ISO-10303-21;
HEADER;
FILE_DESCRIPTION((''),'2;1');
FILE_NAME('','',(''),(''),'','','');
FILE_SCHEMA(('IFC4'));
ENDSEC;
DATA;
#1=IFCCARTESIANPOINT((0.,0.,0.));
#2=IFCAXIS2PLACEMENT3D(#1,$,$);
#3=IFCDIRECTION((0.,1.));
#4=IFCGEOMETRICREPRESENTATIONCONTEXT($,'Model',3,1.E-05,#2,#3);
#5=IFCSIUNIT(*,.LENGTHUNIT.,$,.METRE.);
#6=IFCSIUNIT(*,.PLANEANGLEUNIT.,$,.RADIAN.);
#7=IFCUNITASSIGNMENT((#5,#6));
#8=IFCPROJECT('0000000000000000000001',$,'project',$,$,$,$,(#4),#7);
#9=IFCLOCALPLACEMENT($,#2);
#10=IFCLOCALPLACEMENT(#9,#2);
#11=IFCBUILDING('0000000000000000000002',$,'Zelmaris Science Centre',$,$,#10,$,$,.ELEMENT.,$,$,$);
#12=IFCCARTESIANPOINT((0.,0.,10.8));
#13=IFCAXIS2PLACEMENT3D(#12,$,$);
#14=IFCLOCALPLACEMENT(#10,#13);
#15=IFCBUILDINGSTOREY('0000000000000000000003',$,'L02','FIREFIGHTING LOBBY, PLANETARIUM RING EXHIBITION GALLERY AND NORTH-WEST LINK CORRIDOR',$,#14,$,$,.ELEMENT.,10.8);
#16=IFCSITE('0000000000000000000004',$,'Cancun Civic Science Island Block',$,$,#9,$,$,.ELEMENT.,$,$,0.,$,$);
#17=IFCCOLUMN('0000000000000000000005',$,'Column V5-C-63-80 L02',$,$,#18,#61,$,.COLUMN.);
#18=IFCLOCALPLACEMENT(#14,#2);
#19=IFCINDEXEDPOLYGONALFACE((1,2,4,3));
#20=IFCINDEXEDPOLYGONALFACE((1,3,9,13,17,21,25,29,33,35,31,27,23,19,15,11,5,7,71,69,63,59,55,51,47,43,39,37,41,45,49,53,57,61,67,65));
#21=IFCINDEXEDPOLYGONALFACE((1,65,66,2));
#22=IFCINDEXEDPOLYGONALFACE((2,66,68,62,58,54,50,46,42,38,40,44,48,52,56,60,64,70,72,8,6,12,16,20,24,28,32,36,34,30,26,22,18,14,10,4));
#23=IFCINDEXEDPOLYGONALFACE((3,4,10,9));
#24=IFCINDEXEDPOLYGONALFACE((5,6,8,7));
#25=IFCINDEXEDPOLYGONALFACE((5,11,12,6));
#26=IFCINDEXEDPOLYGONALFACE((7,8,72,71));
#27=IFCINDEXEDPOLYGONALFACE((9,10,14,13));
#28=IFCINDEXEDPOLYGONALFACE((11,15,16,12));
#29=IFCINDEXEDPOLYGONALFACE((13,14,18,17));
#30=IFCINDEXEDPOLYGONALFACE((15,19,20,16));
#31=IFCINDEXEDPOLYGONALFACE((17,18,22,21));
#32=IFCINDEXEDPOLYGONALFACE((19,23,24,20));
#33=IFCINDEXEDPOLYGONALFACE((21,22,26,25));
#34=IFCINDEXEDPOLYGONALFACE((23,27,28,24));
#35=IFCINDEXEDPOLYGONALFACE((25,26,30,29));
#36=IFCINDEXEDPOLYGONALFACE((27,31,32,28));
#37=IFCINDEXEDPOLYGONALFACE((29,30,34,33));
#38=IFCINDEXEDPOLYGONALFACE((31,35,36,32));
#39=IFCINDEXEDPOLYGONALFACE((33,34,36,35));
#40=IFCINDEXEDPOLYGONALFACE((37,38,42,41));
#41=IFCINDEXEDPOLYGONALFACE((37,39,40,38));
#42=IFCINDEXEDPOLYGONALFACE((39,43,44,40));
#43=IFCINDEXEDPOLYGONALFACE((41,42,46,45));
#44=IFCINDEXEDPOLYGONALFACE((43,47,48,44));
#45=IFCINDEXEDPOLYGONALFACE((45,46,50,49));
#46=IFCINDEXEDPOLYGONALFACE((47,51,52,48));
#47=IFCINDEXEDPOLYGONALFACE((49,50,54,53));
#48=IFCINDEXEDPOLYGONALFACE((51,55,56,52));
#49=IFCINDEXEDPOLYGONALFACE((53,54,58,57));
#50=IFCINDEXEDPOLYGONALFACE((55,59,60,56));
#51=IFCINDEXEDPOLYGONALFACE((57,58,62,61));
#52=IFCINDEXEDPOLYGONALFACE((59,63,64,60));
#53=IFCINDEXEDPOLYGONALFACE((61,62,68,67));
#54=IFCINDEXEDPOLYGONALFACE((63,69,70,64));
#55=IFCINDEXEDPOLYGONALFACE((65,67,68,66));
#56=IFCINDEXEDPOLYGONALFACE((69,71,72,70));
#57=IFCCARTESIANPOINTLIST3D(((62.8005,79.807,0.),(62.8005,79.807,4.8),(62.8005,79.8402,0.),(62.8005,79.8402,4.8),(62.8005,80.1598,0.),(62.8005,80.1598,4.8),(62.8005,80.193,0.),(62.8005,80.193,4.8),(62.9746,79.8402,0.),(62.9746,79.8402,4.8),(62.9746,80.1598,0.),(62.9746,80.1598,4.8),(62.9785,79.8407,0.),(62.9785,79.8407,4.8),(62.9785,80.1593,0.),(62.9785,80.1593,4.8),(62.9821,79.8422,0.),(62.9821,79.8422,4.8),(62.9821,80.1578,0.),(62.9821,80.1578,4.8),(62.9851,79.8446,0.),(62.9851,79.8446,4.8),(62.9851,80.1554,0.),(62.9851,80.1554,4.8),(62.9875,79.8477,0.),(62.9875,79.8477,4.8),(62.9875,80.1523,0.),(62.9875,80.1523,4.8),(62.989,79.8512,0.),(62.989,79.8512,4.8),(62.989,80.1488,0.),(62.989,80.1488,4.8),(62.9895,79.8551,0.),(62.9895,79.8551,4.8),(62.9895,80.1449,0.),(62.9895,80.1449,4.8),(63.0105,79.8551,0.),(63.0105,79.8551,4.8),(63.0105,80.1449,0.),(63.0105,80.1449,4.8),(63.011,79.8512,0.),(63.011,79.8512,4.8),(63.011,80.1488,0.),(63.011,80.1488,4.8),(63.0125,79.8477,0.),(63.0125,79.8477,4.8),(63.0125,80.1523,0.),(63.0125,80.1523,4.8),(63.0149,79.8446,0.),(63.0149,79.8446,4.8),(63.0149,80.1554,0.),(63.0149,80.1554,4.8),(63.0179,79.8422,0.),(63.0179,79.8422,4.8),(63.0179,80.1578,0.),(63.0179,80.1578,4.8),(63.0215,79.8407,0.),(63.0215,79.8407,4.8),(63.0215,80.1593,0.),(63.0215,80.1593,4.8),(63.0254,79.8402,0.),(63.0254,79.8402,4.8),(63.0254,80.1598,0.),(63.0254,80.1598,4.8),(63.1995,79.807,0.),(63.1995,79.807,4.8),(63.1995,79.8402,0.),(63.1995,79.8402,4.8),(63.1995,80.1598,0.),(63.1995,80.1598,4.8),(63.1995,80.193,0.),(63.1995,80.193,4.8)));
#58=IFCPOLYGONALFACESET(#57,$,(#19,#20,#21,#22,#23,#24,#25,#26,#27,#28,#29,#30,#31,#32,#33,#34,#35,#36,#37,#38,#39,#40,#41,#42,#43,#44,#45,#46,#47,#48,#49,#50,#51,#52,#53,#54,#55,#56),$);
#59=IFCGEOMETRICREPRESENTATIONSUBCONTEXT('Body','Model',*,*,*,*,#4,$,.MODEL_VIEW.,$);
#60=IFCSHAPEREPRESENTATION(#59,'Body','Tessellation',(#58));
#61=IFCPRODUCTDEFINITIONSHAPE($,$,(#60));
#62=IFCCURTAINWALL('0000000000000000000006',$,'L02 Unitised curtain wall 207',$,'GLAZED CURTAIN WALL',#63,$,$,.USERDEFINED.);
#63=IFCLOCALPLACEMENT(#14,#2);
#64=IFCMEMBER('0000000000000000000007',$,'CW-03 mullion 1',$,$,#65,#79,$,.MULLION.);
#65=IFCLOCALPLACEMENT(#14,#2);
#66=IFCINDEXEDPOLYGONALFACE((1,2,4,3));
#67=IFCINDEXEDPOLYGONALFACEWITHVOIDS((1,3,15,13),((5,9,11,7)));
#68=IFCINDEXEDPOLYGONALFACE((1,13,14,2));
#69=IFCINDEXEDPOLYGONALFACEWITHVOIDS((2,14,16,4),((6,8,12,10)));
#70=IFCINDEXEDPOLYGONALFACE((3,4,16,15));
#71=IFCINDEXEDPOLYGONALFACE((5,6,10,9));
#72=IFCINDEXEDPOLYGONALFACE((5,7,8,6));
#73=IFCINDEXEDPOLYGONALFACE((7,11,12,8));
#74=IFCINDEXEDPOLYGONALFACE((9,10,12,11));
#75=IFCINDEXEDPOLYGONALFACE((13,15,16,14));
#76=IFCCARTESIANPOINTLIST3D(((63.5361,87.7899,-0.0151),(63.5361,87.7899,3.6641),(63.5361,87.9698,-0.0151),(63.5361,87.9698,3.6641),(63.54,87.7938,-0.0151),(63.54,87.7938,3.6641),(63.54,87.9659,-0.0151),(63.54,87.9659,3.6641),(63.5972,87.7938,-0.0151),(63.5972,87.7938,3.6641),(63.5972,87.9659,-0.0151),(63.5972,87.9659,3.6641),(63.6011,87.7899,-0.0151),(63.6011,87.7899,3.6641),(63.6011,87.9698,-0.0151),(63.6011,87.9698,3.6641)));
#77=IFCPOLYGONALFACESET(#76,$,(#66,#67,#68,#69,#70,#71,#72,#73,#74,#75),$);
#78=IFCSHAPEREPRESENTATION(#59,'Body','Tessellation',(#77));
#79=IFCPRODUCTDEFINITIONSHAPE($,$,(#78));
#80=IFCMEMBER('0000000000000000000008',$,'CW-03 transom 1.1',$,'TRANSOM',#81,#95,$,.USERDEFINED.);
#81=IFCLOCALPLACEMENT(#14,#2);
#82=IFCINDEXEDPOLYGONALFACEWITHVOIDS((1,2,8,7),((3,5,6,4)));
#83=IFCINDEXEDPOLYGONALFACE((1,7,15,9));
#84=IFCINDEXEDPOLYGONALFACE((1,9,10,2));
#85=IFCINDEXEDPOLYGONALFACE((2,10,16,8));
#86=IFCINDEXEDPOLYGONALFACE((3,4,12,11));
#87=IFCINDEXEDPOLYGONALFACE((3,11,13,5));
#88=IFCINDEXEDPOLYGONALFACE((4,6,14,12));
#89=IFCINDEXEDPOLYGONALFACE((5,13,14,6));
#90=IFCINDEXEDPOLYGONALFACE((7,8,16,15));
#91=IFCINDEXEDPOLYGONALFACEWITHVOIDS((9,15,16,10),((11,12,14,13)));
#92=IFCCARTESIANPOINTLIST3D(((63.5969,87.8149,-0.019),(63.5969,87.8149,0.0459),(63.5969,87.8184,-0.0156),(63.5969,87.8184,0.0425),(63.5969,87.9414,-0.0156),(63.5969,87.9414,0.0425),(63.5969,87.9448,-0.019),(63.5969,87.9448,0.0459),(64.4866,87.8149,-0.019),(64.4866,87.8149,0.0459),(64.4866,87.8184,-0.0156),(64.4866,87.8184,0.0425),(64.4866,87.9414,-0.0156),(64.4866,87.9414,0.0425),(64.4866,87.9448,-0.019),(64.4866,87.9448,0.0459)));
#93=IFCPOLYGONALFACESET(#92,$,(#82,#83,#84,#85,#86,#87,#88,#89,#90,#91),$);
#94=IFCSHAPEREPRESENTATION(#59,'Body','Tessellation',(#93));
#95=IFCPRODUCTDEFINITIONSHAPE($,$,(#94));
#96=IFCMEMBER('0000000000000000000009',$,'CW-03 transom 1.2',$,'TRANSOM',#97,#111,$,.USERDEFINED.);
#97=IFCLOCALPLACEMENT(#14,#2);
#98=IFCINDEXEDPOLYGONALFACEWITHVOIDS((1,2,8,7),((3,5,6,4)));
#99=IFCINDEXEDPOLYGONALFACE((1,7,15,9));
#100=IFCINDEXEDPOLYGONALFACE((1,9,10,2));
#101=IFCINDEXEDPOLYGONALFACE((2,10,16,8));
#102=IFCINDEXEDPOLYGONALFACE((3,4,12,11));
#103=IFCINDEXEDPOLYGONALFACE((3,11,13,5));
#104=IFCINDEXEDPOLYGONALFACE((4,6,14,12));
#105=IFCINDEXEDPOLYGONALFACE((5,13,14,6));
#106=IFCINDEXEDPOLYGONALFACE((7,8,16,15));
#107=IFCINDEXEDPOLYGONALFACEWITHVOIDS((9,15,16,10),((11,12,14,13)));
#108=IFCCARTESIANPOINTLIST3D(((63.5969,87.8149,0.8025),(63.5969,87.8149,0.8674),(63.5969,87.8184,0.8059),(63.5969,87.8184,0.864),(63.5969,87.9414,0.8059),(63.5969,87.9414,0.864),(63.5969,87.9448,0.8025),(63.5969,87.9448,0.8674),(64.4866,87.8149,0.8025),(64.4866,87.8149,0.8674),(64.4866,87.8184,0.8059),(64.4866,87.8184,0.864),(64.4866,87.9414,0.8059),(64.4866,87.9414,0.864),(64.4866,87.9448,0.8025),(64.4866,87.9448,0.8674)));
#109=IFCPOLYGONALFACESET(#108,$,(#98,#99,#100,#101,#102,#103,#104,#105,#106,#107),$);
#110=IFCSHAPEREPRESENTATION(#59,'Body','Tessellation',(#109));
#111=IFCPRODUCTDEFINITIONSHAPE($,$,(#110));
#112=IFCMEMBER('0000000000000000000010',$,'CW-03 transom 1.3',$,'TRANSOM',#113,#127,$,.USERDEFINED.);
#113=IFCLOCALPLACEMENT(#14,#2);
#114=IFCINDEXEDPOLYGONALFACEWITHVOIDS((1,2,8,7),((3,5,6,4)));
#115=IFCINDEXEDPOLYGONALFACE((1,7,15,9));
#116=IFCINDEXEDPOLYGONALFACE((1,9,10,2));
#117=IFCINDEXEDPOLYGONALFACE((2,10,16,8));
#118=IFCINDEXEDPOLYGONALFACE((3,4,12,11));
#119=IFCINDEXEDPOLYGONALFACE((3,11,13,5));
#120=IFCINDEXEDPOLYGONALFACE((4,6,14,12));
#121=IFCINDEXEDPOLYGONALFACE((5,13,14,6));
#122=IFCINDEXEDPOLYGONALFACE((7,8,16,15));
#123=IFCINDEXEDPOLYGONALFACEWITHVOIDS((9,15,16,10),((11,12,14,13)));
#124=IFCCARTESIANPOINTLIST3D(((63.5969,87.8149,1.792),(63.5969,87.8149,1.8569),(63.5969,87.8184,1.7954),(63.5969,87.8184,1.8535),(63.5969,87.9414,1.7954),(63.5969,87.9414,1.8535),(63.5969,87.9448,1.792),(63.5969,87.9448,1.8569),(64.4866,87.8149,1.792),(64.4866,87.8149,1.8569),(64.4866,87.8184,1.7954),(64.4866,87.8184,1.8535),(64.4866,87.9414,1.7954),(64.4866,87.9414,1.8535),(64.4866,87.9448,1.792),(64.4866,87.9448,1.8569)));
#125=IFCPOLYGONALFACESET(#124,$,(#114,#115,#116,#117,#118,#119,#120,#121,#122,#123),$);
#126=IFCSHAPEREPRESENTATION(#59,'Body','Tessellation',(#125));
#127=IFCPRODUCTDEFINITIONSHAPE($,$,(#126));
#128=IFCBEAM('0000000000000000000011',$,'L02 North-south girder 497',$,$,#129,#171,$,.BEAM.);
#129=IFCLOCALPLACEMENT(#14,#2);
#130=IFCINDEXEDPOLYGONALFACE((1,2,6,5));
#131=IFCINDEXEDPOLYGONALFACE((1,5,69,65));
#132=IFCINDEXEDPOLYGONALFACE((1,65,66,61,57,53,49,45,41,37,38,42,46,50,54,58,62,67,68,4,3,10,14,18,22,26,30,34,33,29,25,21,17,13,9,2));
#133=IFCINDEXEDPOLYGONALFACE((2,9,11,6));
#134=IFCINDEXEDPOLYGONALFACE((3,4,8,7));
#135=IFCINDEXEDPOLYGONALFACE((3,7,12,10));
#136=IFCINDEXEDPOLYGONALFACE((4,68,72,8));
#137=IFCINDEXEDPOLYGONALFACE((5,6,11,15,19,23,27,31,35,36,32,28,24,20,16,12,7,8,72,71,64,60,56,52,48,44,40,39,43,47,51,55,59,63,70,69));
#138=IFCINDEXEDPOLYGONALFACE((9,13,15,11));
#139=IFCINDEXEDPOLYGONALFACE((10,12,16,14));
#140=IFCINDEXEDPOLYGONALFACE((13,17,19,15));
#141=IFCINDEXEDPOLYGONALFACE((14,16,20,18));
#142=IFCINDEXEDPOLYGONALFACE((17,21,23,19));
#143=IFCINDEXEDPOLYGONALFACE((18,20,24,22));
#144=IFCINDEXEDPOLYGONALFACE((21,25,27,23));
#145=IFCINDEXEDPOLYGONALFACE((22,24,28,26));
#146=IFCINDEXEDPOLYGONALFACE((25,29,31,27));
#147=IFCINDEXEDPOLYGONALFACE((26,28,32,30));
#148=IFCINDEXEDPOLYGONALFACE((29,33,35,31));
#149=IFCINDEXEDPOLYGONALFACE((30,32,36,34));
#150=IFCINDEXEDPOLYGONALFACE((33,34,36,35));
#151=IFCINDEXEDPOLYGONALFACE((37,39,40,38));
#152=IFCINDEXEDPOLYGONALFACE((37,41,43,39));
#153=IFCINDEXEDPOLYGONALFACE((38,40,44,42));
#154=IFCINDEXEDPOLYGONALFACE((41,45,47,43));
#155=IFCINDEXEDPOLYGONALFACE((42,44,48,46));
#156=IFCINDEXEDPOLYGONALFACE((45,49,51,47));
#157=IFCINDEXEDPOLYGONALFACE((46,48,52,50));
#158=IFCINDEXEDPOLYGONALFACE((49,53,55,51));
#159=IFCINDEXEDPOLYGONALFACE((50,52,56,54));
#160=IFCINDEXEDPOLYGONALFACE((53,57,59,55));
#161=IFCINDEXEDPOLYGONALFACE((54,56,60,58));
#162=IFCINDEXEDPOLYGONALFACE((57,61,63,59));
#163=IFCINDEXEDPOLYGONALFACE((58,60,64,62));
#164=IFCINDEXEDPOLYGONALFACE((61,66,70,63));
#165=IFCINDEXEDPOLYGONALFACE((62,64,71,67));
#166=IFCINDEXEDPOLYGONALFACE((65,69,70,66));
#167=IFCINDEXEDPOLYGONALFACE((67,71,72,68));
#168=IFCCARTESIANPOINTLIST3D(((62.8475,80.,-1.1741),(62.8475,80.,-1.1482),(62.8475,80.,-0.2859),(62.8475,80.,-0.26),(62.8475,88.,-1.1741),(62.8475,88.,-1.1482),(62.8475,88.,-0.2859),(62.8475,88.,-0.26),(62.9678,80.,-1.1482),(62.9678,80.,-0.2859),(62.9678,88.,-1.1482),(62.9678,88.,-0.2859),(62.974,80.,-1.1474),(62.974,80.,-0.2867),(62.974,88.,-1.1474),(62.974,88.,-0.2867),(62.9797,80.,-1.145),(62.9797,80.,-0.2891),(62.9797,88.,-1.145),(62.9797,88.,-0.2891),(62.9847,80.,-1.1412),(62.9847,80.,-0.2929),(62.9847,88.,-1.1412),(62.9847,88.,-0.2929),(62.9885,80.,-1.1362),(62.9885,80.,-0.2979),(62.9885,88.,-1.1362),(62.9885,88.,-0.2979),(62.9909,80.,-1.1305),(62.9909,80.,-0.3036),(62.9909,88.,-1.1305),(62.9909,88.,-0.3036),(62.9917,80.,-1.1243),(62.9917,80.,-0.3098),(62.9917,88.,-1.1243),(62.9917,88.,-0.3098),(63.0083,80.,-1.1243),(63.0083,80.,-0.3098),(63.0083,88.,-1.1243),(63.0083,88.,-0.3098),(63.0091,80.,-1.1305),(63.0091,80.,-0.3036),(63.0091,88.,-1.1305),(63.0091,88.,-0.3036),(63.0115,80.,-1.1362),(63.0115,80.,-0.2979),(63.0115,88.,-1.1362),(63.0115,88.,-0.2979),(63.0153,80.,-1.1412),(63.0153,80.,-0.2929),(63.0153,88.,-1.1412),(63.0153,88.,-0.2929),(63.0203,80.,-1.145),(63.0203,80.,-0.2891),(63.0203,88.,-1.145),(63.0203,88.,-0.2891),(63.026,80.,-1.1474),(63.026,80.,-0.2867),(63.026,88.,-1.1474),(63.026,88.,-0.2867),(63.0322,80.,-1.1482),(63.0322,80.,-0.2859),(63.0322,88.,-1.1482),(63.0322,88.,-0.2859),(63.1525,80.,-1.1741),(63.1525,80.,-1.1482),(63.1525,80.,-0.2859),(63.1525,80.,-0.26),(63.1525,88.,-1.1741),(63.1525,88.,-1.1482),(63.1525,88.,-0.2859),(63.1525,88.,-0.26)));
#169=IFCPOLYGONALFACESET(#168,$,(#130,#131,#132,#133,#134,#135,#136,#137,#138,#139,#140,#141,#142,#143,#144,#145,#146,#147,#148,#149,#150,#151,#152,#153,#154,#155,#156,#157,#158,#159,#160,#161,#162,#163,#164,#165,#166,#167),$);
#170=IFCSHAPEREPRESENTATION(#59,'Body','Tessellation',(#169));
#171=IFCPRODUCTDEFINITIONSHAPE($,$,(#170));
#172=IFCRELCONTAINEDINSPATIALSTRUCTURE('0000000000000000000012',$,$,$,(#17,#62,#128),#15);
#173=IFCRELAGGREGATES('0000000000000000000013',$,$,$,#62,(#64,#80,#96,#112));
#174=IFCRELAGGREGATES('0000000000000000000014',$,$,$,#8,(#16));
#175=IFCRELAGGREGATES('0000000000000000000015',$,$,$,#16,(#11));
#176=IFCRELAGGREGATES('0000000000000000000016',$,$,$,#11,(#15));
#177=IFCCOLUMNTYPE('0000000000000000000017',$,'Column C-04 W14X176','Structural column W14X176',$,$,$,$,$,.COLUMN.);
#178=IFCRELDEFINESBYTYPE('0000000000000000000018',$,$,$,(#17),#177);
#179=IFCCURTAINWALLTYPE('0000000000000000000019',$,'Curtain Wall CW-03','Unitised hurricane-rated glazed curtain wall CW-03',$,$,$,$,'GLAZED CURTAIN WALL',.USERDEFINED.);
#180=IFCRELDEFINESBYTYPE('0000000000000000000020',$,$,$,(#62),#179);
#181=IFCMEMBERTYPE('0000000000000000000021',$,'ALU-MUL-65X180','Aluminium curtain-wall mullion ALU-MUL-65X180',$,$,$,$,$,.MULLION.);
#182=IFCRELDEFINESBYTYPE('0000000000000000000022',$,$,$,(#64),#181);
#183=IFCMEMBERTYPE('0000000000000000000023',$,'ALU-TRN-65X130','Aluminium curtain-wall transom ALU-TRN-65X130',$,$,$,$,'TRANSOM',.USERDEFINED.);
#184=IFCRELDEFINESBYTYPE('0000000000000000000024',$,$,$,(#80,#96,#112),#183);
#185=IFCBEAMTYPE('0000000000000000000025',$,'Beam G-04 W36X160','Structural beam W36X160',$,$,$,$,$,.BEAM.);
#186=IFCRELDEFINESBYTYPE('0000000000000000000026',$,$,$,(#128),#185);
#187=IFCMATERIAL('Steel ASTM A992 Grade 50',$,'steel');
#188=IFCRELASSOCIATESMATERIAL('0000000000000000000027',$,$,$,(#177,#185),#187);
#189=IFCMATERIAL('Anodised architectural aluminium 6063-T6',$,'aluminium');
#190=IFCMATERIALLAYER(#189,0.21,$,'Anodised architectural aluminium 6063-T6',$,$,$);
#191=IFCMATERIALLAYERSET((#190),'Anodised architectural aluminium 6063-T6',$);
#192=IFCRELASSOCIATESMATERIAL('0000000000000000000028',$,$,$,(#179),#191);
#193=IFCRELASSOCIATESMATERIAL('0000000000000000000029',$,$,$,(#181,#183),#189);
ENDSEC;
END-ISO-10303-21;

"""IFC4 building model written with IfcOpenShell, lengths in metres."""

from ifc_helpers import new_model, si_unit, direction, frame, origin, origin_2d, place, context, subcontext, project, spatial, hollow_rectangle, i_section, extrude, material, layer, layer_set, material_profile, profile_set, type_object, element, aggregate, save


model = new_model("IFC4")

# Units and contexts
model_context = context("Model", 3, precision=1e-05, world=origin(), true_north=direction((0.0, 1.0)))
body_context = subcontext(model_context, "Body", "Model", "MODEL_VIEW")
ifc_project = project(units=[si_unit("LENGTHUNIT", "METRE"), si_unit("PLANEANGLEUNIT", "RADIAN")], contexts=[model_context])

# Site, building, storey
site_placement = place(None, origin())
site = spatial("IfcSite", under=ifc_project, at=site_placement, Name="Cancun Civic Science Island Block", CompositionType="ELEMENT", RefElevation=0.0)
building_placement = place(site_placement, origin())
building = spatial("IfcBuilding", under=site, at=building_placement, Name="Zelmaris Science Centre", CompositionType="ELEMENT")
storey_placement = place(building_placement, frame((0.0, 0.0, 10.8)))
storey = spatial("IfcBuildingStorey", under=building, at=storey_placement, Name="L02", Description="FIREFIGHTING LOBBY, PLANETARIUM RING EXHIBITION GALLERY AND NORTH-WEST LINK CORRIDOR", CompositionType="ELEMENT", Elevation=10.8)

# Column
ifc_material_1 = material(Name="Steel ASTM A992 Grade 50", Category="steel")
ifc_material_profile_1 = material_profile(ifc_material_1, i_section(OverallWidth=0.3989, OverallDepth=0.386, WebThickness=0.021, FlangeThickness=0.0332, FilletRadius=0.0149, at=origin_2d()), Name="W14X176")
ifc_profile_set_1 = profile_set([ifc_material_profile_1], Name="Steel ASTM A992 Grade 50")
column_type = type_object("IfcColumnType", Name="Column C-04 W14X176", Description="Structural column W14X176", PredefinedType="COLUMN", material=ifc_profile_set_1)
column_placement = place(storey_placement, frame((63.0, 80.0, 0.0), z_axis=(0.0, 0.0, 1.0), x_axis=(1.0, 0.0, 0.0)))
element("IfcColumn", 1, at=column_placement, inside=storey, type_object=column_type, Name="Column V5-C-63-80 L02", PredefinedType="COLUMN", context=body_context, shape_type="SweptSolid", body=[
    extrude(i_section(OverallWidth=0.3989, OverallDepth=0.386, WebThickness=0.021, FlangeThickness=0.0332, FilletRadius=0.0149, at=origin_2d()), origin(), (0.0, 0.0, 1.0), 4.8),
])

# Curtain wall, members
ifc_material_2 = material(Name="Anodised architectural aluminium 6063-T6", Category="aluminium")
ifc_layer_1 = layer(ifc_material_2, 0.21, Name="Anodised architectural aluminium 6063-T6")
ifc_layer_set_1 = layer_set([ifc_layer_1], Name="Anodised architectural aluminium 6063-T6")
curtain_wall_type = type_object("IfcCurtainWallType", Name="Curtain Wall CW-03", Description="Unitised hurricane-rated glazed curtain wall CW-03", ElementType="GLAZED CURTAIN WALL", PredefinedType="USERDEFINED", material=ifc_layer_set_1)
curtain_wall_placement = place(storey_placement, origin())
curtain_wall = element("IfcCurtainWall", 2, at=curtain_wall_placement, inside=storey, type_object=curtain_wall_type, Name="L02 Unitised curtain wall 207", ObjectType="GLAZED CURTAIN WALL", PredefinedType="USERDEFINED")
ifc_material_profile_2 = material_profile(ifc_material_2, hollow_rectangle(XDim=0.0649, YDim=0.1799, WallThickness=0.0039, at=origin_2d()), Name="ALU-MUL-65X180")
ifc_profile_set_2 = profile_set([ifc_material_profile_2], Name="Anodised architectural aluminium 6063-T6")
member_type_1 = type_object("IfcMemberType", Name="ALU-MUL-65X180", Description="Aluminium curtain-wall mullion ALU-MUL-65X180", PredefinedType="MULLION", material=ifc_profile_set_2)
member_1_placement = place(storey_placement, frame((63.5686, 87.8799, -0.0151), z_axis=(0.0, 0.0, 1.0), x_axis=(1.0, 0.0, 0.0)))
member_1 = element("IfcMember", 3, at=member_1_placement, type_object=member_type_1, Name="CW-03 mullion 1", PredefinedType="MULLION", context=body_context, shape_type="SweptSolid", body=[
    extrude(hollow_rectangle(XDim=0.0649, YDim=0.1799, WallThickness=0.0039, at=origin_2d()), origin(), (0.0, 0.0, 1.0), 3.6792),
])
ifc_material_profile_3 = material_profile(ifc_material_2, hollow_rectangle(XDim=0.0649, YDim=0.1299, WallThickness=0.0034, at=origin_2d()), Name="ALU-TRN-65X130")
ifc_profile_set_3 = profile_set([ifc_material_profile_3], Name="Anodised architectural aluminium 6063-T6")
member_type_2 = type_object("IfcMemberType", Name="ALU-TRN-65X130", Description="Aluminium curtain-wall transom ALU-TRN-65X130", ElementType="TRANSOM", PredefinedType="USERDEFINED", material=ifc_profile_set_3)
member_2_placement = place(storey_placement, frame((63.5969, 87.8799, 0.0134), z_axis=(1.0, 0.0, 0.0), x_axis=(0.0, 0.0, 1.0)))
member_2 = element("IfcMember", 4, at=member_2_placement, type_object=member_type_2, Name="CW-03 transom 1.1", ObjectType="TRANSOM", PredefinedType="USERDEFINED", context=body_context, shape_type="SweptSolid", body=[
    extrude(hollow_rectangle(XDim=0.0649, YDim=0.1299, WallThickness=0.0034, at=origin_2d()), origin(), (0.0, 0.0, 1.0), 0.8896),
])
member_3_placement = place(storey_placement, frame((63.5969, 87.8799, 0.835), z_axis=(1.0, 0.0, 0.0), x_axis=(0.0, 0.0, 1.0)))
member_3 = element("IfcMember", 5, at=member_3_placement, type_object=member_type_2, Name="CW-03 transom 1.2", ObjectType="TRANSOM", PredefinedType="USERDEFINED", context=body_context, shape_type="SweptSolid", body=[
    extrude(hollow_rectangle(XDim=0.0649, YDim=0.1299, WallThickness=0.0034, at=origin_2d()), origin(), (0.0, 0.0, 1.0), 0.8896),
])
member_4_placement = place(storey_placement, frame((63.5969, 87.8799, 1.8245), z_axis=(1.0, 0.0, 0.0), x_axis=(0.0, 0.0, 1.0)))
member_4 = element("IfcMember", 6, at=member_4_placement, type_object=member_type_2, Name="CW-03 transom 1.3", ObjectType="TRANSOM", PredefinedType="USERDEFINED", context=body_context, shape_type="SweptSolid", body=[
    extrude(hollow_rectangle(XDim=0.0649, YDim=0.1299, WallThickness=0.0034, at=origin_2d()), origin(), (0.0, 0.0, 1.0), 0.8896),
])
aggregate(curtain_wall, [member_1, member_2, member_3, member_4])

# Beam
ifc_material_profile_4 = material_profile(ifc_material_1, i_section(OverallWidth=0.3049, OverallDepth=0.9141, WebThickness=0.0166, FlangeThickness=0.0259, FilletRadius=0.0239, at=origin_2d()), Name="W36X160")
ifc_profile_set_4 = profile_set([ifc_material_profile_4], Name="Steel ASTM A992 Grade 50")
beam_type_1 = type_object("IfcBeamType", Name="Beam G-04 W36X160", Description="Structural beam W36X160", PredefinedType="BEAM", material=ifc_profile_set_4)
beam_1_placement = place(storey_placement, frame((63.0, 80.0, -0.717), z_axis=(0.0, 1.0, 0.0), x_axis=(-1.0, 0.0, 0.0)))
element("IfcBeam", 7, at=beam_1_placement, inside=storey, type_object=beam_type_1, Name="L02 North-south girder 497", PredefinedType="BEAM", context=body_context, shape_type="SweptSolid", body=[
    extrude(i_section(OverallWidth=0.3049, OverallDepth=0.9141, WebThickness=0.0166, FlangeThickness=0.0259, FilletRadius=0.0239, at=origin_2d()), origin(), (0.0, 0.0, 1.0), 8.0),
])

save(model, "model.ifc")
